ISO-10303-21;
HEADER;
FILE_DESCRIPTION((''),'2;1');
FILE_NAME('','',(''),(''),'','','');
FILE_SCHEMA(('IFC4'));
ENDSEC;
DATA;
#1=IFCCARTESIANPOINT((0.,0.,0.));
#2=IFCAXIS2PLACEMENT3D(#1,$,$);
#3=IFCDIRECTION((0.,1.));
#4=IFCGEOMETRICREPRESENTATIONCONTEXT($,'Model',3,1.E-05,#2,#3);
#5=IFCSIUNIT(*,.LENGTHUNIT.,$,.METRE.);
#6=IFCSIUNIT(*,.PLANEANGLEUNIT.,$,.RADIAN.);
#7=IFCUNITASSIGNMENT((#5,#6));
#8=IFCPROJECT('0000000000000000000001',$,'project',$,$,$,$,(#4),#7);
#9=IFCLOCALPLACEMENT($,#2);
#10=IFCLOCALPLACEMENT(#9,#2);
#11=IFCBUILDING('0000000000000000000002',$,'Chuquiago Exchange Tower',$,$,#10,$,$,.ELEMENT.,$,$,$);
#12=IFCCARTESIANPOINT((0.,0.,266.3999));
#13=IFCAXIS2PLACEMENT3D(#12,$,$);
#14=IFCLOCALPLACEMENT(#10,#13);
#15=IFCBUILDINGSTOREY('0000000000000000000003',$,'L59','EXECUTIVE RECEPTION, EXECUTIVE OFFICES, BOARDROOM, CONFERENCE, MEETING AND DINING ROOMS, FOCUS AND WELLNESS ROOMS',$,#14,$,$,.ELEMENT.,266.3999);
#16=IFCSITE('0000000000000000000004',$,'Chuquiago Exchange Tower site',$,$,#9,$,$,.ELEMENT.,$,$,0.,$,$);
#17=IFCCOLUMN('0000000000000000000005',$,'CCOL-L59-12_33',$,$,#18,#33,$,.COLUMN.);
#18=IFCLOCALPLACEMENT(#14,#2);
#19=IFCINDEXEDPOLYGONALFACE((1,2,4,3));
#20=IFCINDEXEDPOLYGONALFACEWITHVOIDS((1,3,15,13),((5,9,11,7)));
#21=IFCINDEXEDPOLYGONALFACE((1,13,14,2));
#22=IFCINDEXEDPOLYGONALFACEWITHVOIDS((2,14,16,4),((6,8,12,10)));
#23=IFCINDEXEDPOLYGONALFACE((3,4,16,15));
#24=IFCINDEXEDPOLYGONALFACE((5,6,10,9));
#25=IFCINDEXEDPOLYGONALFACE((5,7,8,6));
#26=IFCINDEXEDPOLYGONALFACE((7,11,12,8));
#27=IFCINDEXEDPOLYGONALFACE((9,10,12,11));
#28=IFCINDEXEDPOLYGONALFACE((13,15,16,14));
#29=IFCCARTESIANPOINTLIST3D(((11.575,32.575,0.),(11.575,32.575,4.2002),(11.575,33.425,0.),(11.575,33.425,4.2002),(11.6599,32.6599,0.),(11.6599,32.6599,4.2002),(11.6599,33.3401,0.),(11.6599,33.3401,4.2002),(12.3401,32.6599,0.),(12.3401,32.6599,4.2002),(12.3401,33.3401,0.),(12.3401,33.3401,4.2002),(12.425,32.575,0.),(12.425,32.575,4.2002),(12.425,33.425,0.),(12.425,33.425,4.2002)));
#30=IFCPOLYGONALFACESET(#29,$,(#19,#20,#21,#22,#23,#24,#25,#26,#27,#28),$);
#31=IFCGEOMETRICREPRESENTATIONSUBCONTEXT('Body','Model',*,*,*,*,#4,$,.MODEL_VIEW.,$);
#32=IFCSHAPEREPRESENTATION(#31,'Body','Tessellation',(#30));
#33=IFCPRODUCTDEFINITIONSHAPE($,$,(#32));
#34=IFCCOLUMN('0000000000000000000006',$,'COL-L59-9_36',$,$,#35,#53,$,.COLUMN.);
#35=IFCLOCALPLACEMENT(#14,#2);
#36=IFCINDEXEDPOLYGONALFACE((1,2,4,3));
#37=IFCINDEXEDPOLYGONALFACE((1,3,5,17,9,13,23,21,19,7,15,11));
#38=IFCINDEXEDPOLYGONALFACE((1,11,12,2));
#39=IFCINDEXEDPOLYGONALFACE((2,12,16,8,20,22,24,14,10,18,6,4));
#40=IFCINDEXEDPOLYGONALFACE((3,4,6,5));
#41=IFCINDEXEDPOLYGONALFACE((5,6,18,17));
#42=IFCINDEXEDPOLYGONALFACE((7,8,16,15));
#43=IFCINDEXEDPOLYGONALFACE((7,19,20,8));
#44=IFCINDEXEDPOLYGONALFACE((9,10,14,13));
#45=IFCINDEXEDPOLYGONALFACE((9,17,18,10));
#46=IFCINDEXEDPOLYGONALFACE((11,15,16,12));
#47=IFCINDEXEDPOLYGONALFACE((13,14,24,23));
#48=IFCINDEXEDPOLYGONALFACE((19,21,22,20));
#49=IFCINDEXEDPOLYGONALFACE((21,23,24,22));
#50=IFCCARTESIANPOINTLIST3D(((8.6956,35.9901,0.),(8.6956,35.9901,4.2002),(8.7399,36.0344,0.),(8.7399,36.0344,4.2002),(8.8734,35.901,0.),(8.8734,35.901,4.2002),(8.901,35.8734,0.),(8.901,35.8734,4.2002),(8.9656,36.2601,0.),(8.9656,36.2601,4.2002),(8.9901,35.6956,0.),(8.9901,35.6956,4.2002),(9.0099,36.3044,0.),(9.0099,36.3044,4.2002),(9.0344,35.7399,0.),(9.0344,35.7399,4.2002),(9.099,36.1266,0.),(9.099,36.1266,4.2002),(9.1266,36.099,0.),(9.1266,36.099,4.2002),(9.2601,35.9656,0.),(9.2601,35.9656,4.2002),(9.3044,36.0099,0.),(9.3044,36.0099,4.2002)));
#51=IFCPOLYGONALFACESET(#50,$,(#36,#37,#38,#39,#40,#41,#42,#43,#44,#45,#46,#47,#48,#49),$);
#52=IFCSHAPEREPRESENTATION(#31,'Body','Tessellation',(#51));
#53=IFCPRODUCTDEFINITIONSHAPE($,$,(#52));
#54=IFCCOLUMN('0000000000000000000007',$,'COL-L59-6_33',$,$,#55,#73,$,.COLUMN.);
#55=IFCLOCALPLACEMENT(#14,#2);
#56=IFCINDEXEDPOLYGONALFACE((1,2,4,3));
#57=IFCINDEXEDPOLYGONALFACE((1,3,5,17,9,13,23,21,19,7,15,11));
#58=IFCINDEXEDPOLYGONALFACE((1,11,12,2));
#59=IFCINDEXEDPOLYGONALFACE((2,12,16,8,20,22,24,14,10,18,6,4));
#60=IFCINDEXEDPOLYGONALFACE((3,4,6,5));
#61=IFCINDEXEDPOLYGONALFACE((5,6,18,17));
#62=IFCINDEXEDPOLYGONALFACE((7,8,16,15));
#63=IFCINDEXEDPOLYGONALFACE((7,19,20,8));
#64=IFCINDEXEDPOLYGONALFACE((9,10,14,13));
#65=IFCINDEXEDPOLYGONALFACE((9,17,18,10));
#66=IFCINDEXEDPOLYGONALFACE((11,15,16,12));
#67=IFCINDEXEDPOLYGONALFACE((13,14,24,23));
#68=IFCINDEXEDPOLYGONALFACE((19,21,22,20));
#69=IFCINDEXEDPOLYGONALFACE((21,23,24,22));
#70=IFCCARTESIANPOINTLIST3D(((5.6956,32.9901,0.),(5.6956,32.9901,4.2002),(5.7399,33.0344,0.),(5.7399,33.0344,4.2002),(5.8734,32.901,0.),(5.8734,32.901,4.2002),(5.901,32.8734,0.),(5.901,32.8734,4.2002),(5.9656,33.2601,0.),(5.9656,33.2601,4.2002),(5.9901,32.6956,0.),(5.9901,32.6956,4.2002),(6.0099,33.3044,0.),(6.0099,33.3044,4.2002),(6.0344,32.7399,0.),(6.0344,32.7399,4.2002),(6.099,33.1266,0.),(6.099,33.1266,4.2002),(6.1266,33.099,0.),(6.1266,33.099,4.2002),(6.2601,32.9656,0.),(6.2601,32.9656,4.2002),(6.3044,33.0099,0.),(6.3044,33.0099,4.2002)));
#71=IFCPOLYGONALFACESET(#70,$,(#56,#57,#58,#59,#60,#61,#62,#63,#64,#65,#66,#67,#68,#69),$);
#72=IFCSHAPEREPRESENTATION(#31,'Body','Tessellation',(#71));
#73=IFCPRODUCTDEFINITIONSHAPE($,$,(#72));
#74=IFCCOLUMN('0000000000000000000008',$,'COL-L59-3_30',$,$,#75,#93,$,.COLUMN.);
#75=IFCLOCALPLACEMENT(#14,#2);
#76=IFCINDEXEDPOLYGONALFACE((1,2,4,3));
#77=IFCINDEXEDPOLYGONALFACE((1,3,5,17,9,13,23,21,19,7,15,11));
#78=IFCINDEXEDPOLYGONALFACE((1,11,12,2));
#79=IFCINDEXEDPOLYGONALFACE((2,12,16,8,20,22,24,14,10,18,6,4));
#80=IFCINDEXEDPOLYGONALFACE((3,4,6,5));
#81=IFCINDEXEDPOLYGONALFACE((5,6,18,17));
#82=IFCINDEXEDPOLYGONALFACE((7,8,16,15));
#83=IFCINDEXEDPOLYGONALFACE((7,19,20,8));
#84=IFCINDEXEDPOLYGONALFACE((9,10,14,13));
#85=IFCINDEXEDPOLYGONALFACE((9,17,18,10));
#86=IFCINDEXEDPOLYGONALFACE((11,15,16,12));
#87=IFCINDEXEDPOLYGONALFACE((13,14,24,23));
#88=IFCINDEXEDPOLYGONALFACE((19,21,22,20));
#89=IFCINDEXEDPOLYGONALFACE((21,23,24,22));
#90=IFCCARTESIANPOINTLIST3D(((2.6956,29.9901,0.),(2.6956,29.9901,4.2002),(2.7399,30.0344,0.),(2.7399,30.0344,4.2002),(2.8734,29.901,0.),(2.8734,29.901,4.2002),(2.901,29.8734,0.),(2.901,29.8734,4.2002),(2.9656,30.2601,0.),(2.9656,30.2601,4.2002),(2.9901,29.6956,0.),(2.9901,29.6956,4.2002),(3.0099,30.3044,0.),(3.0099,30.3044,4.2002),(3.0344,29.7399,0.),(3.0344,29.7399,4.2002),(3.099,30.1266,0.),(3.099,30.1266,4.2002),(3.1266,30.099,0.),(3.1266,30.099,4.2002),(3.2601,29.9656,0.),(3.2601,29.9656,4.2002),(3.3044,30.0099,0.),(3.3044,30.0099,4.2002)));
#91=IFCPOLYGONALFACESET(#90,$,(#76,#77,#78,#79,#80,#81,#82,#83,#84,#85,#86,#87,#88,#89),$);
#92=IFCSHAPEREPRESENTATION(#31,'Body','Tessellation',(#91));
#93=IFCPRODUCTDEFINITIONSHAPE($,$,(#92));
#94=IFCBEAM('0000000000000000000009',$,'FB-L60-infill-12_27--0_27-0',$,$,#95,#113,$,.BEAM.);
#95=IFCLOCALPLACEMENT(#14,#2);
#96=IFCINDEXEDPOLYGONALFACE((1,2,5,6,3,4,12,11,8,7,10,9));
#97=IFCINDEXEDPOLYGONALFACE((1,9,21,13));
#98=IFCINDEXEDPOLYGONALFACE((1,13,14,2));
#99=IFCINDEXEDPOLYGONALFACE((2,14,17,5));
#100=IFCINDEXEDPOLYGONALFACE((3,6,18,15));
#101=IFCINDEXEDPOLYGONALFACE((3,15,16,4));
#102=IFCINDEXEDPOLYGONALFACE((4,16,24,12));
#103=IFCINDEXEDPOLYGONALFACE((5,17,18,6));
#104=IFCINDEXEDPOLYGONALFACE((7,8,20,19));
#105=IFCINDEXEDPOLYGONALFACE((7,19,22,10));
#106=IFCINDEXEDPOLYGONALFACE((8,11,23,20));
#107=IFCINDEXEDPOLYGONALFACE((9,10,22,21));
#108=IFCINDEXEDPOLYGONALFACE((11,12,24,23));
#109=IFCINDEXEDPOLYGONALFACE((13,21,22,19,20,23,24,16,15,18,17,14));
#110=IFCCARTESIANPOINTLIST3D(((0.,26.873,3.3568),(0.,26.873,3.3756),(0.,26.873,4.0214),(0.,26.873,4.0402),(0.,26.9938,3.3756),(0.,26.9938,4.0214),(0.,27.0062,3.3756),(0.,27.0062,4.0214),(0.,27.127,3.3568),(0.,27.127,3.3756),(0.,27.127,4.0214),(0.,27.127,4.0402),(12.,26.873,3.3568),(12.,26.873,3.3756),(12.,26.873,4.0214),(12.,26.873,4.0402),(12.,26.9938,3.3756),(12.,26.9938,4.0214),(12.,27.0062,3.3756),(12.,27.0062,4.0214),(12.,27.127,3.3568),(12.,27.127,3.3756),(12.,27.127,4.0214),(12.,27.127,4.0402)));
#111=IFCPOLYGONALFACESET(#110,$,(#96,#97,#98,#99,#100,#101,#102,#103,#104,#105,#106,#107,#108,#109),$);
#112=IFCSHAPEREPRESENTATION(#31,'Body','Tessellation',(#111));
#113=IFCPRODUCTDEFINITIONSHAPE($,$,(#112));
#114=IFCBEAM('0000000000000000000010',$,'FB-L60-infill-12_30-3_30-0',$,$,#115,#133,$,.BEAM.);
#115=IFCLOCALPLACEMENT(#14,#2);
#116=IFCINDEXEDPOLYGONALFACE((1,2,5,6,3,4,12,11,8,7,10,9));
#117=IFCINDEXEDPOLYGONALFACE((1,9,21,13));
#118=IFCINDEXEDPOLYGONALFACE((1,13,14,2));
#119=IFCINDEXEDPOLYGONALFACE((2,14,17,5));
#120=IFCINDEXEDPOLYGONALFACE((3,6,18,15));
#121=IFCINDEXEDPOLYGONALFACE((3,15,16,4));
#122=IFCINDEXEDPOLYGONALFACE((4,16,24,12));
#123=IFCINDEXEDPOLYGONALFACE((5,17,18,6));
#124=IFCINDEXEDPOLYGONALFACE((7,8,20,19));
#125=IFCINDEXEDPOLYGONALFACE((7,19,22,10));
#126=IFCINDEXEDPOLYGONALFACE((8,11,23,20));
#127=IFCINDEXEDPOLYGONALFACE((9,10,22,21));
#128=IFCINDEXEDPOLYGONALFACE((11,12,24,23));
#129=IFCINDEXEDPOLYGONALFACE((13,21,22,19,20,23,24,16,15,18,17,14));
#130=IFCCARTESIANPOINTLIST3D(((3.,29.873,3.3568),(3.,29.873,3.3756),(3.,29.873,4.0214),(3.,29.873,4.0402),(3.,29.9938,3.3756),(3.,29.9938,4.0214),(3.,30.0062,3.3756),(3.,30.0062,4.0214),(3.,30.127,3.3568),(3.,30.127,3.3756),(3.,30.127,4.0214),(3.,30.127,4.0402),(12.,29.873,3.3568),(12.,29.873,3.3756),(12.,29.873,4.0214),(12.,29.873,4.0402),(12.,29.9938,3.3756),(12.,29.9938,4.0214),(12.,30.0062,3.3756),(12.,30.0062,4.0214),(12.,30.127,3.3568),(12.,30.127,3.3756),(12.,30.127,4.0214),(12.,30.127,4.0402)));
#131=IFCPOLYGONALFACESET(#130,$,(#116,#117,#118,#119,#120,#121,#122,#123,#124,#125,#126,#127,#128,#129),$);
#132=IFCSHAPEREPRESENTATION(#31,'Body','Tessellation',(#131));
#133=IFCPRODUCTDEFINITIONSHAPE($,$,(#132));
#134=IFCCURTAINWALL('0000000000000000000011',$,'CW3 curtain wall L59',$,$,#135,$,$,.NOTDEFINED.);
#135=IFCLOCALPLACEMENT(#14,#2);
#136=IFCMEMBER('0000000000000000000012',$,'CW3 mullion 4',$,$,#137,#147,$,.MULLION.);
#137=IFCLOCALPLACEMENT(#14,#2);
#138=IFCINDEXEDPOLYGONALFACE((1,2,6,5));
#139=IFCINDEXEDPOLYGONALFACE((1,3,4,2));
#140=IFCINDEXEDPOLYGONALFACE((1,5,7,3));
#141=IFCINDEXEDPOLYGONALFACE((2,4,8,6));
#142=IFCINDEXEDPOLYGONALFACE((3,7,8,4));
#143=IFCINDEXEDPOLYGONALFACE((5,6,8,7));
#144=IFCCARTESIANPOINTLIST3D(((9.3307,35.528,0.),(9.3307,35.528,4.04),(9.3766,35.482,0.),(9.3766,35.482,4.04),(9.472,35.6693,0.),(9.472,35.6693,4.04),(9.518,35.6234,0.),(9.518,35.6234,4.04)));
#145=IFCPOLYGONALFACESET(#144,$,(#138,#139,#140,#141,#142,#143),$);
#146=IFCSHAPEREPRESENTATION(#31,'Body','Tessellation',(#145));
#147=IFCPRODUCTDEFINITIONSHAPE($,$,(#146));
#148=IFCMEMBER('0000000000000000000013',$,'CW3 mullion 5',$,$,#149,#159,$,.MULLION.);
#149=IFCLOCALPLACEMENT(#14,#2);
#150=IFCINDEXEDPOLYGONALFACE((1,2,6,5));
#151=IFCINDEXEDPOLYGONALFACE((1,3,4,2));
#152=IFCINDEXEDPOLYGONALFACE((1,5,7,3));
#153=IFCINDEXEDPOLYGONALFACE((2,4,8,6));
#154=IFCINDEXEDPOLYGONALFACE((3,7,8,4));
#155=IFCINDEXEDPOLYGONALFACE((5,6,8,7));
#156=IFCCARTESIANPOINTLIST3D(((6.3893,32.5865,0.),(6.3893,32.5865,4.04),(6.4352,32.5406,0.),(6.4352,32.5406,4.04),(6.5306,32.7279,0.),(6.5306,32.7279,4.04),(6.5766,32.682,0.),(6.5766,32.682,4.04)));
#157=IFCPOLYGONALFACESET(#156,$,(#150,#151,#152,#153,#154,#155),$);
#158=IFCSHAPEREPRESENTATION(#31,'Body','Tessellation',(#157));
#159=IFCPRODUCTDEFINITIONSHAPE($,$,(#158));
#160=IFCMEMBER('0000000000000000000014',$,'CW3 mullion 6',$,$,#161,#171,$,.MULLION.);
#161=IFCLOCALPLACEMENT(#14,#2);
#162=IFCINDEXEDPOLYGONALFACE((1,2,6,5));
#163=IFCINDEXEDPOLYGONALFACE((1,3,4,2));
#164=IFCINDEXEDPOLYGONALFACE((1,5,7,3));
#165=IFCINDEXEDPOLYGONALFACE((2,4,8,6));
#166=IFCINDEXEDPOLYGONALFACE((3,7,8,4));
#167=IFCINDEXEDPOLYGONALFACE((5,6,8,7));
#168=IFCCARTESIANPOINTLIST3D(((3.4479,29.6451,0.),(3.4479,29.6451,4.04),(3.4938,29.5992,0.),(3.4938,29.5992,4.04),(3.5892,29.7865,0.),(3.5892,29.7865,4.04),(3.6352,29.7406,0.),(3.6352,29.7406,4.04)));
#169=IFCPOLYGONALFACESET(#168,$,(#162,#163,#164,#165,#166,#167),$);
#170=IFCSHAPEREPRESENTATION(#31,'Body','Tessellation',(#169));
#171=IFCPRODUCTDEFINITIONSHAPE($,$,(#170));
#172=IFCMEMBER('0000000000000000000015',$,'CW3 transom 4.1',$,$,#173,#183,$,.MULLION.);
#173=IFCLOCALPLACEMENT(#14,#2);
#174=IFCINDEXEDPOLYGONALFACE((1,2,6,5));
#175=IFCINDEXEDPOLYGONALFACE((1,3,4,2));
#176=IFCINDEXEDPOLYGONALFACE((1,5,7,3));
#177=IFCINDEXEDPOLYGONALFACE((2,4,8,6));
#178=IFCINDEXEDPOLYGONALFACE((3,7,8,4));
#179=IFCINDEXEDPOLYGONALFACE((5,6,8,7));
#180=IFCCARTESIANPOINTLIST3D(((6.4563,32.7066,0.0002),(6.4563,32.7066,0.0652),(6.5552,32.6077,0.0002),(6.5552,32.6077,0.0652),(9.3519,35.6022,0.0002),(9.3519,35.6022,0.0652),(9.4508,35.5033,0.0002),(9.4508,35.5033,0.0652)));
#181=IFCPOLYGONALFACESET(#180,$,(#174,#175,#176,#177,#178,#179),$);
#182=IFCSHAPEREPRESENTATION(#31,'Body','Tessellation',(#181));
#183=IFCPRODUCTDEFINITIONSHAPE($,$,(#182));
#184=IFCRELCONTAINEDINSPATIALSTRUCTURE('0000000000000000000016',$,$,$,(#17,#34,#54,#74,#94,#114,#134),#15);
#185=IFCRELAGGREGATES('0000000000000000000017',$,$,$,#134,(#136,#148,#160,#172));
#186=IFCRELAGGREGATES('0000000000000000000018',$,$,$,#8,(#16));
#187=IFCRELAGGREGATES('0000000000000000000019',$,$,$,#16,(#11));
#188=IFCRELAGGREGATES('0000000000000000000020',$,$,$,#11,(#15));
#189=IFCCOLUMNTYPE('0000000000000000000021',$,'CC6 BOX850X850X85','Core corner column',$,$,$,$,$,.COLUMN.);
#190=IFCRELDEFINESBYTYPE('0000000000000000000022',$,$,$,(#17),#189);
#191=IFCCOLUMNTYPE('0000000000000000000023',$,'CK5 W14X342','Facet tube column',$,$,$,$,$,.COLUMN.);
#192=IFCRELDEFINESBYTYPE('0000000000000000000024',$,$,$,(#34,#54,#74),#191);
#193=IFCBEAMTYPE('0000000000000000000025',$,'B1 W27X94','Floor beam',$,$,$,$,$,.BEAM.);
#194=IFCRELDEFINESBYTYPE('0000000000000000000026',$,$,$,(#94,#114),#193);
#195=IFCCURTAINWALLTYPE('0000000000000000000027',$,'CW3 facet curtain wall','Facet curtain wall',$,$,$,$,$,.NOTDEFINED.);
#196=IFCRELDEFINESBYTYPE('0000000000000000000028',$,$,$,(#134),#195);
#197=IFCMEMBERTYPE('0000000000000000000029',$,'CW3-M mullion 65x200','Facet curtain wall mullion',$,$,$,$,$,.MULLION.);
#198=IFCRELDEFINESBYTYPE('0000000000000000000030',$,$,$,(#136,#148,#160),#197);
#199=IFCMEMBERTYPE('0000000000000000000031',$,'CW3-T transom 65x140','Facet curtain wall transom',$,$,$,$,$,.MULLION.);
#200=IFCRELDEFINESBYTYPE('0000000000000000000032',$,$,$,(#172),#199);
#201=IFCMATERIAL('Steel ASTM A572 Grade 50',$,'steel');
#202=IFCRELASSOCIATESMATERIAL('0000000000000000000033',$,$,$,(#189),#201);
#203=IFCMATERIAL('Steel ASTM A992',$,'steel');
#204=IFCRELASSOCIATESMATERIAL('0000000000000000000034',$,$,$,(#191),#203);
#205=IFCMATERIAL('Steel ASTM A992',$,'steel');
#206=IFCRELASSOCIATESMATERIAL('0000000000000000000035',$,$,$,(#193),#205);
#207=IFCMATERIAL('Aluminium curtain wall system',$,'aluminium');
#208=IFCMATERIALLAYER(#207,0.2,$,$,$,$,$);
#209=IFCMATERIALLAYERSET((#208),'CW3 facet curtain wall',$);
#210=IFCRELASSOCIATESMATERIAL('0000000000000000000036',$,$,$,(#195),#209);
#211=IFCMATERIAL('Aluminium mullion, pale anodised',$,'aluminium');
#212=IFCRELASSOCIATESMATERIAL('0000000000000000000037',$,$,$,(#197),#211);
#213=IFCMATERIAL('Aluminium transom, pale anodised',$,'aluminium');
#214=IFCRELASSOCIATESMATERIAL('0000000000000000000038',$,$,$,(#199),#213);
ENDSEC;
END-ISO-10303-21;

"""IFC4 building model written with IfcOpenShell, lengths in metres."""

from ifc_helpers import new_model, si_unit, direction, frame, origin, origin_2d, place, context, subcontext, project, spatial, rectangle, hollow_rectangle, i_section, extrude, material, layer, layer_set, material_profile, profile_set, type_object, element, aggregate, save


model = new_model("IFC4")

# Units and contexts
model_context = context("Model", 3, precision=1e-05, world=origin(), true_north=direction((0.0, 1.0)))
body_context = subcontext(model_context, "Body", "Model", "MODEL_VIEW")
ifc_project = project(units=[si_unit("LENGTHUNIT", "METRE"), si_unit("PLANEANGLEUNIT", "RADIAN")], contexts=[model_context])

# Site, building, storey
site_placement = place(None, origin())
site = spatial("IfcSite", under=ifc_project, at=site_placement, Name="Chuquiago Exchange Tower site", CompositionType="ELEMENT", RefElevation=0.0)
building_placement = place(site_placement, origin())
building = spatial("IfcBuilding", under=site, at=building_placement, Name="Chuquiago Exchange Tower", CompositionType="ELEMENT")
storey_placement = place(building_placement, frame((0.0, 0.0, 266.3999)))
storey = spatial("IfcBuildingStorey", under=building, at=storey_placement, Name="L59", Description="EXECUTIVE RECEPTION, EXECUTIVE OFFICES, BOARDROOM, CONFERENCE, MEETING AND DINING ROOMS, FOCUS AND WELLNESS ROOMS", CompositionType="ELEMENT", Elevation=266.3999)

# Columns
ifc_material_1 = material(Name="Steel ASTM A572 Grade 50", Category="steel")
ifc_material_profile_1 = material_profile(ifc_material_1, hollow_rectangle(XDim=0.8501, YDim=0.8501, WallThickness=0.085, at=origin_2d()), Name="BOX850X850X85")
ifc_profile_set_1 = profile_set([ifc_material_profile_1], Name="Steel ASTM A572 Grade 50")
column_type_1 = type_object("IfcColumnType", Name="CC6 BOX850X850X85", Description="Core corner column", PredefinedType="COLUMN", material=ifc_profile_set_1)
column_placement = place(storey_placement, frame((12.0, 33.0, 0.0), z_axis=(0.0, 0.0, 1.0), x_axis=(1.0, 0.0, 0.0)))
element("IfcColumn", 1, at=column_placement, inside=storey, type_object=column_type_1, Name="CCOL-L59-12_33", PredefinedType="COLUMN", context=body_context, shape_type="SweptSolid", body=[
    extrude(hollow_rectangle(XDim=0.8501, YDim=0.8501, WallThickness=0.085, at=origin_2d()), origin(), (0.0, 0.0, 1.0), 4.2002),
])
ifc_material_2 = material(Name="Steel ASTM A992", Category="steel")
ifc_material_profile_2 = material_profile(ifc_material_2, i_section(OverallWidth=0.4165, OverallDepth=0.4446, WebThickness=0.0391, FlangeThickness=0.0627, at=origin_2d()), Name="W14X342")
ifc_profile_set_2 = profile_set([ifc_material_profile_2], Name="Steel ASTM A992")
column_type_2 = type_object("IfcColumnType", Name="CK5 W14X342", Description="Facet tube column", PredefinedType="COLUMN", material=ifc_profile_set_2)
for number, where, z_axis, x_axis, name in (
    (2, (9.0, 36.0, 0.0), (0.0, 0.0, 1.0), (-0.707107, 0.707107, 0.0), "COL-L59-9_36"),
    (3, (6.0, 33.0, 0.0), (0.0, 0.0, 1.0), (-0.707107, 0.707107, 0.0), "COL-L59-6_33"),
    (4, (3.0, 30.0, 0.0), (0.0, 0.0, 1.0), (-0.707107, 0.707107, 0.0), "COL-L59-3_30"),
):
    element("IfcColumn", number, at=place(storey_placement, frame(where, z_axis=z_axis, x_axis=x_axis)), inside=storey, type_object=column_type_2, Name=name, PredefinedType="COLUMN", context=body_context, shape_type="SweptSolid", body=[
        extrude(i_section(OverallWidth=0.4165, OverallDepth=0.4446, WebThickness=0.0391, FlangeThickness=0.0627, at=origin_2d()), origin(), (0.0, 0.0, 1.0), 4.2002),
    ])

# Beams
ifc_material_3 = material(Name="Steel ASTM A992", Category="steel")
ifc_material_profile_3 = material_profile(ifc_material_3, i_section(OverallWidth=0.2539, OverallDepth=0.6833, WebThickness=0.0125, FlangeThickness=0.0188, at=origin_2d()), Name="W27X94")
ifc_profile_set_3 = profile_set([ifc_material_profile_3], Name="Steel ASTM A992")
beam_type_1 = type_object("IfcBeamType", Name="B1 W27X94", Description="Floor beam", PredefinedType="BEAM", material=ifc_profile_set_3)
beam_1_placement = place(storey_placement, frame((12.0, 27.0, 3.6985), z_axis=(-1.0, 0.0, 0.0), x_axis=(0.0, -1.0, 0.0)))
element("IfcBeam", 5, at=beam_1_placement, inside=storey, type_object=beam_type_1, Name="FB-L60-infill-12_27--0_27-0", PredefinedType="BEAM", context=body_context, shape_type="SweptSolid", body=[
    extrude(i_section(OverallWidth=0.2539, OverallDepth=0.6833, WebThickness=0.0125, FlangeThickness=0.0188, at=origin_2d()), origin(), (0.0, 0.0, 1.0), 12.0),
])
beam_2_placement = place(storey_placement, frame((12.0, 30.0, 3.6985), z_axis=(-1.0, 0.0, 0.0), x_axis=(0.0, -1.0, 0.0)))
element("IfcBeam", 6, at=beam_2_placement, inside=storey, type_object=beam_type_1, Name="FB-L60-infill-12_30-3_30-0", PredefinedType="BEAM", context=body_context, shape_type="SweptSolid", body=[
    extrude(i_section(OverallWidth=0.2539, OverallDepth=0.6833, WebThickness=0.0125, FlangeThickness=0.0188, at=origin_2d()), origin(), (0.0, 0.0, 1.0), 9.0),
])

# Curtain wall, members
ifc_material_4 = material(Name="Aluminium curtain wall system", Category="aluminium")
ifc_layer_1 = layer(ifc_material_4, 0.2)
ifc_layer_set_1 = layer_set([ifc_layer_1], Name="CW3 facet curtain wall")
curtain_wall_type = type_object("IfcCurtainWallType", Name="CW3 facet curtain wall", Description="Facet curtain wall", PredefinedType="NOTDEFINED", material=ifc_layer_set_1)
curtain_wall_placement = place(storey_placement, origin())
curtain_wall = element("IfcCurtainWall", 7, at=curtain_wall_placement, inside=storey, type_object=curtain_wall_type, Name="CW3 curtain wall L59", PredefinedType="NOTDEFINED")
ifc_material_5 = material(Name="Aluminium mullion, pale anodised", Category="aluminium")
ifc_material_profile_4 = material_profile(ifc_material_5, rectangle(XDim=0.0649, YDim=0.2, at=origin_2d()), Name="AL 65x200")
ifc_profile_set_4 = profile_set([ifc_material_profile_4], Name="Aluminium mullion, pale anodised")
member_type_1 = type_object("IfcMemberType", Name="CW3-M mullion 65x200", Description="Facet curtain wall mullion", PredefinedType="MULLION", material=ifc_profile_set_4)
member_1_placement = place(storey_placement, frame((9.4243, 35.5757, 0.0), z_axis=(0.0, 0.0, 1.0), x_axis=(0.707107, -0.707107, 0.0)))
member_1 = element("IfcMember", 8, at=member_1_placement, type_object=member_type_1, Name="CW3 mullion 4", PredefinedType="MULLION", context=body_context, shape_type="SweptSolid", body=[
    extrude(rectangle(XDim=0.0649, YDim=0.2, at=origin_2d()), origin(), (0.0, 0.0, 1.0), 4.04),
])
member_2_placement = place(storey_placement, frame((6.4829, 32.6343, 0.0), z_axis=(0.0, 0.0, 1.0), x_axis=(0.707107, -0.707107, 0.0)))
member_2 = element("IfcMember", 9, at=member_2_placement, type_object=member_type_1, Name="CW3 mullion 5", PredefinedType="MULLION", context=body_context, shape_type="SweptSolid", body=[
    extrude(rectangle(XDim=0.0649, YDim=0.2, at=origin_2d()), origin(), (0.0, 0.0, 1.0), 4.04),
])
member_3_placement = place(storey_placement, frame((3.5415, 29.6929, 0.0), z_axis=(0.0, 0.0, 1.0), x_axis=(0.707107, -0.707107, 0.0)))
member_3 = element("IfcMember", 10, at=member_3_placement, type_object=member_type_1, Name="CW3 mullion 6", PredefinedType="MULLION", context=body_context, shape_type="SweptSolid", body=[
    extrude(rectangle(XDim=0.0649, YDim=0.2, at=origin_2d()), origin(), (0.0, 0.0, 1.0), 4.04),
])
ifc_material_6 = material(Name="Aluminium transom, pale anodised", Category="aluminium")
ifc_material_profile_5 = material_profile(ifc_material_6, rectangle(XDim=0.1399, YDim=0.0649, at=origin_2d()), Name="AL 140x65")
ifc_profile_set_5 = profile_set([ifc_material_profile_5], Name="Aluminium transom, pale anodised")
member_type_2 = type_object("IfcMemberType", Name="CW3-T transom 65x140", Description="Facet curtain wall transom", PredefinedType="MULLION", material=ifc_profile_set_5)
member_4_placement = place(storey_placement, frame((9.4014, 35.5527, 0.0327), z_axis=(-0.707107, -0.707107, 0.0), x_axis=(0.707107, -0.707107, 0.0)))
member_4 = element("IfcMember", 11, at=member_4_placement, type_object=member_type_2, Name="CW3 transom 4.1", PredefinedType="MULLION", context=body_context, shape_type="SweptSolid", body=[
    extrude(rectangle(XDim=0.1399, YDim=0.0649, at=origin_2d()), origin(), (0.0, 0.0, 1.0), 4.095),
])

aggregate(curtain_wall, [member_1, member_2, member_3, member_4])

save(model, "model.ifc")
